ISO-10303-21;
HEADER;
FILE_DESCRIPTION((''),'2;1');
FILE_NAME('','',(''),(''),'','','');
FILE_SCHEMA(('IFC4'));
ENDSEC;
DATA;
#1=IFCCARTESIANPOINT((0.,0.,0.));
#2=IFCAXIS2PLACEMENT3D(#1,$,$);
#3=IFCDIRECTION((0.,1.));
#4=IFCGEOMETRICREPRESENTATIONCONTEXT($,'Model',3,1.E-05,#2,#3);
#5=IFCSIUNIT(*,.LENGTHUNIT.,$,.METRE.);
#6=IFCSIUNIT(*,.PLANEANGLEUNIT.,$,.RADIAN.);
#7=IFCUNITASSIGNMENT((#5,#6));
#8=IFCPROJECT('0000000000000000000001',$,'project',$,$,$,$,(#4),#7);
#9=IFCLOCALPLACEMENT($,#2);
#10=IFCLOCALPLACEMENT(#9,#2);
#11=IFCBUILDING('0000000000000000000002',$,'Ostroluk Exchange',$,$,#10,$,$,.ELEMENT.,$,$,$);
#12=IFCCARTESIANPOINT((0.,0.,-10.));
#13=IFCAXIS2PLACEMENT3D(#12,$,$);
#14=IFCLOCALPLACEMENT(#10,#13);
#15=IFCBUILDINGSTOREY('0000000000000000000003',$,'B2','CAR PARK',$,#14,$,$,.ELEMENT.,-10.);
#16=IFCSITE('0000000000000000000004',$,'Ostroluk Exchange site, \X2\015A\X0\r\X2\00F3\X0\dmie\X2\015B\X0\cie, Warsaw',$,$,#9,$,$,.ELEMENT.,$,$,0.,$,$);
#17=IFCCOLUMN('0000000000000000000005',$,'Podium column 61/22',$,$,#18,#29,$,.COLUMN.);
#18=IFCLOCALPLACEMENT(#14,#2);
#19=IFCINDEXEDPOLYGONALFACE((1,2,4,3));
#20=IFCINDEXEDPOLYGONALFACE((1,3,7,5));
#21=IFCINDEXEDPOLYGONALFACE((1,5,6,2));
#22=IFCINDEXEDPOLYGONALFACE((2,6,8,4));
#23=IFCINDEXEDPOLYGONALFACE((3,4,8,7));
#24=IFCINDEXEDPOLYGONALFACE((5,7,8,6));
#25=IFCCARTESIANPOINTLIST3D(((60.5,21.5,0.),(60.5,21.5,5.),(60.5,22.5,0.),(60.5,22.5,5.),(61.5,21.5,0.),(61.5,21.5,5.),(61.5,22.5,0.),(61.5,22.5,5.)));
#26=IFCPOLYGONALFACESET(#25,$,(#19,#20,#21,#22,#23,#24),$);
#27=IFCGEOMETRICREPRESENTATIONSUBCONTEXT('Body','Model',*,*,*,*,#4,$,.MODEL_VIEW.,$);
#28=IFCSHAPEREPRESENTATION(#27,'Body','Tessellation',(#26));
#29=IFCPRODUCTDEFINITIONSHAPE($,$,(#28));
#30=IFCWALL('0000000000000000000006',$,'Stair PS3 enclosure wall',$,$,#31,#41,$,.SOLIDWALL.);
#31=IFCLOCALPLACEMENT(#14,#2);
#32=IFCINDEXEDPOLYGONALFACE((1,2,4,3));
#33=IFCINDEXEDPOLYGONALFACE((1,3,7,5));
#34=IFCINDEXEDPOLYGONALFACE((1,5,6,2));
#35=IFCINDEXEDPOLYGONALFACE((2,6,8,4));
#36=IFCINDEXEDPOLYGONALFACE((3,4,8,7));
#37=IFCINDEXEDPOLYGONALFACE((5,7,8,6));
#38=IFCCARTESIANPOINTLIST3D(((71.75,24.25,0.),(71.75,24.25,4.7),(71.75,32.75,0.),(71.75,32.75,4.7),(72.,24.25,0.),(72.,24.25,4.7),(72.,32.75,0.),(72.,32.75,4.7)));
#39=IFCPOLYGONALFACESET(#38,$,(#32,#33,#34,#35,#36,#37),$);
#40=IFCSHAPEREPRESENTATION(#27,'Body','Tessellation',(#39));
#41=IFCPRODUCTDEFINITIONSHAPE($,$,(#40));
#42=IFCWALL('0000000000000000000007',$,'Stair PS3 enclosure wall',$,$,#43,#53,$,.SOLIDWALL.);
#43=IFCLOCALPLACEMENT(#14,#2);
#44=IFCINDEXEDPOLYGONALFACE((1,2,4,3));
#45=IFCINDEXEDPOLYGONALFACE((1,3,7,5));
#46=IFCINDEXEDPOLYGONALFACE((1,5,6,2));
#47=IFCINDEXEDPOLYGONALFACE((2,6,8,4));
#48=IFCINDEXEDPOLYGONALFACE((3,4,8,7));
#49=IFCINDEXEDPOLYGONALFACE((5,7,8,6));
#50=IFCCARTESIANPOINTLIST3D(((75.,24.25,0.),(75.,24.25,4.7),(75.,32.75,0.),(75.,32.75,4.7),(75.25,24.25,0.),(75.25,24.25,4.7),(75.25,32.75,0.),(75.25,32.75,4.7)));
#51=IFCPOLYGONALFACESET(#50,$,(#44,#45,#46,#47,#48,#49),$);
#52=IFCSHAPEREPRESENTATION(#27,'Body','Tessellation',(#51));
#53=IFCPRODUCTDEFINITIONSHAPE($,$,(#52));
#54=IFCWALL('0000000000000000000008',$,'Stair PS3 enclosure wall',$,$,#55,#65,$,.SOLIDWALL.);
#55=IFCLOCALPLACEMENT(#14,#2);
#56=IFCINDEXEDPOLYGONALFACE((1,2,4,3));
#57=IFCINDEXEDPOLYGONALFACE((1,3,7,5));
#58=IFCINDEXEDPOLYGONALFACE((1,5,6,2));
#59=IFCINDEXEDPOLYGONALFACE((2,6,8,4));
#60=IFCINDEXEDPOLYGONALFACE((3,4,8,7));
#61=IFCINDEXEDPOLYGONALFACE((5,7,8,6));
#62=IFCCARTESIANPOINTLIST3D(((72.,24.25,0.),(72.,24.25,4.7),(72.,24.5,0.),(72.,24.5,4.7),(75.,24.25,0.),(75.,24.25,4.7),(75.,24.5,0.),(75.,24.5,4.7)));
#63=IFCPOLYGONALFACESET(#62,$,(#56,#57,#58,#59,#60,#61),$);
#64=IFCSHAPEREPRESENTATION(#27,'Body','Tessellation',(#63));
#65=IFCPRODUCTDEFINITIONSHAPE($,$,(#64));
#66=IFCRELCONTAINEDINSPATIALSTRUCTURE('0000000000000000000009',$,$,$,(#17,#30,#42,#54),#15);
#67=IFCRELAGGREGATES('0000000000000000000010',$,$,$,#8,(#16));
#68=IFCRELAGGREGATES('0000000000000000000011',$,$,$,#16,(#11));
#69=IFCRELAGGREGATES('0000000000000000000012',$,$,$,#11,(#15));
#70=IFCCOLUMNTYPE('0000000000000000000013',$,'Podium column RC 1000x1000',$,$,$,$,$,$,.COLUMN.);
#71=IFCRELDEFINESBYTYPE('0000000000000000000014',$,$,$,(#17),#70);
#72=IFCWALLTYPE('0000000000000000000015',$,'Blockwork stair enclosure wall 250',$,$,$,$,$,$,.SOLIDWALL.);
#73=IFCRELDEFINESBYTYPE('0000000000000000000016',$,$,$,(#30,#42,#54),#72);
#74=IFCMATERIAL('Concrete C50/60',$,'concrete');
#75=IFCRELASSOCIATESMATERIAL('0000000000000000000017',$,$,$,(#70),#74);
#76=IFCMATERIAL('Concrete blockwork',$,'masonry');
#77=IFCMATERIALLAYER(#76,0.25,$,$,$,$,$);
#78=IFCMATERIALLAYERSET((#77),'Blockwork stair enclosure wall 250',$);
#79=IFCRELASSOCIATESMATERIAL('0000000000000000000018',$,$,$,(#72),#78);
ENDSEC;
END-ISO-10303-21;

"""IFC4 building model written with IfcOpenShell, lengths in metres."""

from ifc_helpers import new_model, si_unit, direction, frame, frame_2d, origin, origin_2d, place, context, subcontext, project, spatial, rectangle, extrude, material, layer, layer_set, material_profile, profile_set, type_object, element, save


model = new_model("IFC4")

# Units and contexts
model_context = context("Model", 3, precision=1e-05, world=origin(), true_north=direction((0.0, 1.0)))
body_context = subcontext(model_context, "Body", "Model", "MODEL_VIEW")
ifc_project = project(units=[si_unit("LENGTHUNIT", "METRE"), si_unit("PLANEANGLEUNIT", "RADIAN")], contexts=[model_context])

# Site, building, storey
site_placement = place(None, origin())
site = spatial("IfcSite", under=ifc_project, at=site_placement, Name="Ostroluk Exchange site, Śródmieście, Warsaw", CompositionType="ELEMENT", RefElevation=0.0)
building_placement = place(site_placement, origin())
building = spatial("IfcBuilding", under=site, at=building_placement, Name="Ostroluk Exchange", CompositionType="ELEMENT")
storey_placement = place(building_placement, frame((0.0, 0.0, -10.0)))
storey = spatial("IfcBuildingStorey", under=building, at=storey_placement, Name="B2", Description="CAR PARK", CompositionType="ELEMENT", Elevation=-10.0)

# Column
ifc_material_1 = material(Name="Concrete C50/60", Category="concrete")
ifc_material_profile_1 = material_profile(ifc_material_1, rectangle(XDim=1.0, YDim=1.0, at=origin_2d()), Name="RC 1000x1000")
ifc_profile_set_1 = profile_set([ifc_material_profile_1], Name="Concrete C50/60")
column_type_1 = type_object("IfcColumnType", Name="Podium column RC 1000x1000", PredefinedType="COLUMN", material=ifc_profile_set_1)
for number, where, z_axis, x_axis, name in (
    (1, (61.0, 22.0, 0.0), (0.0, 0.0, 1.0), (1.0, 0.0, 0.0), "Podium column 61/22"),
):
    element("IfcColumn", number, at=place(storey_placement, frame(where, z_axis=z_axis, x_axis=x_axis)), inside=storey, type_object=column_type_1, Name=name, PredefinedType="COLUMN", context=body_context, shape_type="SweptSolid", body=[
        extrude(rectangle(XDim=1.0, YDim=1.0, at=origin_2d()), origin(), (0.0, 0.0, 1.0), 5.0),
    ])

# Walls
ifc_material_2 = material(Name="Concrete blockwork", Category="masonry")
ifc_layer_1 = layer(ifc_material_2, 0.25)
ifc_layer_set_1 = layer_set([ifc_layer_1], Name="Blockwork stair enclosure wall 250")
wall_type = type_object("IfcWallType", Name="Blockwork stair enclosure wall 250", PredefinedType="SOLIDWALL", material=ifc_layer_set_1)
for number, where, z_axis, x_axis, name in (
    (2, (71.875, 24.25, 0.0), (0.0, 0.0, 1.0), (0.0, 1.0, 0.0), "Stair PS3 enclosure wall"),
    (3, (75.125, 24.25, 0.0), (0.0, 0.0, 1.0), (0.0, 1.0, 0.0), "Stair PS3 enclosure wall"),
):
    element("IfcWall", number, at=place(storey_placement, frame(where, z_axis=z_axis, x_axis=x_axis)), inside=storey, type_object=wall_type, Name=name, PredefinedType="SOLIDWALL", context=body_context, shape_type="SweptSolid", body=[
        extrude(rectangle(XDim=8.5, YDim=0.25, at=frame_2d((4.25, 0.0))), origin(), (0.0, 0.0, 1.0), 4.7),
    ])
wall_placement = place(storey_placement, frame((72.0, 24.375, 0.0), z_axis=(0.0, 0.0, 1.0), x_axis=(1.0, 0.0, 0.0)))
element("IfcWall", 4, at=wall_placement, inside=storey, type_object=wall_type, Name="Stair PS3 enclosure wall", PredefinedType="SOLIDWALL", context=body_context, shape_type="SweptSolid", body=[
    extrude(rectangle(XDim=3.0, YDim=0.25, at=frame_2d((1.5, 0.0))), origin(), (0.0, 0.0, 1.0), 4.7),
])

save(model, "model.ifc")
